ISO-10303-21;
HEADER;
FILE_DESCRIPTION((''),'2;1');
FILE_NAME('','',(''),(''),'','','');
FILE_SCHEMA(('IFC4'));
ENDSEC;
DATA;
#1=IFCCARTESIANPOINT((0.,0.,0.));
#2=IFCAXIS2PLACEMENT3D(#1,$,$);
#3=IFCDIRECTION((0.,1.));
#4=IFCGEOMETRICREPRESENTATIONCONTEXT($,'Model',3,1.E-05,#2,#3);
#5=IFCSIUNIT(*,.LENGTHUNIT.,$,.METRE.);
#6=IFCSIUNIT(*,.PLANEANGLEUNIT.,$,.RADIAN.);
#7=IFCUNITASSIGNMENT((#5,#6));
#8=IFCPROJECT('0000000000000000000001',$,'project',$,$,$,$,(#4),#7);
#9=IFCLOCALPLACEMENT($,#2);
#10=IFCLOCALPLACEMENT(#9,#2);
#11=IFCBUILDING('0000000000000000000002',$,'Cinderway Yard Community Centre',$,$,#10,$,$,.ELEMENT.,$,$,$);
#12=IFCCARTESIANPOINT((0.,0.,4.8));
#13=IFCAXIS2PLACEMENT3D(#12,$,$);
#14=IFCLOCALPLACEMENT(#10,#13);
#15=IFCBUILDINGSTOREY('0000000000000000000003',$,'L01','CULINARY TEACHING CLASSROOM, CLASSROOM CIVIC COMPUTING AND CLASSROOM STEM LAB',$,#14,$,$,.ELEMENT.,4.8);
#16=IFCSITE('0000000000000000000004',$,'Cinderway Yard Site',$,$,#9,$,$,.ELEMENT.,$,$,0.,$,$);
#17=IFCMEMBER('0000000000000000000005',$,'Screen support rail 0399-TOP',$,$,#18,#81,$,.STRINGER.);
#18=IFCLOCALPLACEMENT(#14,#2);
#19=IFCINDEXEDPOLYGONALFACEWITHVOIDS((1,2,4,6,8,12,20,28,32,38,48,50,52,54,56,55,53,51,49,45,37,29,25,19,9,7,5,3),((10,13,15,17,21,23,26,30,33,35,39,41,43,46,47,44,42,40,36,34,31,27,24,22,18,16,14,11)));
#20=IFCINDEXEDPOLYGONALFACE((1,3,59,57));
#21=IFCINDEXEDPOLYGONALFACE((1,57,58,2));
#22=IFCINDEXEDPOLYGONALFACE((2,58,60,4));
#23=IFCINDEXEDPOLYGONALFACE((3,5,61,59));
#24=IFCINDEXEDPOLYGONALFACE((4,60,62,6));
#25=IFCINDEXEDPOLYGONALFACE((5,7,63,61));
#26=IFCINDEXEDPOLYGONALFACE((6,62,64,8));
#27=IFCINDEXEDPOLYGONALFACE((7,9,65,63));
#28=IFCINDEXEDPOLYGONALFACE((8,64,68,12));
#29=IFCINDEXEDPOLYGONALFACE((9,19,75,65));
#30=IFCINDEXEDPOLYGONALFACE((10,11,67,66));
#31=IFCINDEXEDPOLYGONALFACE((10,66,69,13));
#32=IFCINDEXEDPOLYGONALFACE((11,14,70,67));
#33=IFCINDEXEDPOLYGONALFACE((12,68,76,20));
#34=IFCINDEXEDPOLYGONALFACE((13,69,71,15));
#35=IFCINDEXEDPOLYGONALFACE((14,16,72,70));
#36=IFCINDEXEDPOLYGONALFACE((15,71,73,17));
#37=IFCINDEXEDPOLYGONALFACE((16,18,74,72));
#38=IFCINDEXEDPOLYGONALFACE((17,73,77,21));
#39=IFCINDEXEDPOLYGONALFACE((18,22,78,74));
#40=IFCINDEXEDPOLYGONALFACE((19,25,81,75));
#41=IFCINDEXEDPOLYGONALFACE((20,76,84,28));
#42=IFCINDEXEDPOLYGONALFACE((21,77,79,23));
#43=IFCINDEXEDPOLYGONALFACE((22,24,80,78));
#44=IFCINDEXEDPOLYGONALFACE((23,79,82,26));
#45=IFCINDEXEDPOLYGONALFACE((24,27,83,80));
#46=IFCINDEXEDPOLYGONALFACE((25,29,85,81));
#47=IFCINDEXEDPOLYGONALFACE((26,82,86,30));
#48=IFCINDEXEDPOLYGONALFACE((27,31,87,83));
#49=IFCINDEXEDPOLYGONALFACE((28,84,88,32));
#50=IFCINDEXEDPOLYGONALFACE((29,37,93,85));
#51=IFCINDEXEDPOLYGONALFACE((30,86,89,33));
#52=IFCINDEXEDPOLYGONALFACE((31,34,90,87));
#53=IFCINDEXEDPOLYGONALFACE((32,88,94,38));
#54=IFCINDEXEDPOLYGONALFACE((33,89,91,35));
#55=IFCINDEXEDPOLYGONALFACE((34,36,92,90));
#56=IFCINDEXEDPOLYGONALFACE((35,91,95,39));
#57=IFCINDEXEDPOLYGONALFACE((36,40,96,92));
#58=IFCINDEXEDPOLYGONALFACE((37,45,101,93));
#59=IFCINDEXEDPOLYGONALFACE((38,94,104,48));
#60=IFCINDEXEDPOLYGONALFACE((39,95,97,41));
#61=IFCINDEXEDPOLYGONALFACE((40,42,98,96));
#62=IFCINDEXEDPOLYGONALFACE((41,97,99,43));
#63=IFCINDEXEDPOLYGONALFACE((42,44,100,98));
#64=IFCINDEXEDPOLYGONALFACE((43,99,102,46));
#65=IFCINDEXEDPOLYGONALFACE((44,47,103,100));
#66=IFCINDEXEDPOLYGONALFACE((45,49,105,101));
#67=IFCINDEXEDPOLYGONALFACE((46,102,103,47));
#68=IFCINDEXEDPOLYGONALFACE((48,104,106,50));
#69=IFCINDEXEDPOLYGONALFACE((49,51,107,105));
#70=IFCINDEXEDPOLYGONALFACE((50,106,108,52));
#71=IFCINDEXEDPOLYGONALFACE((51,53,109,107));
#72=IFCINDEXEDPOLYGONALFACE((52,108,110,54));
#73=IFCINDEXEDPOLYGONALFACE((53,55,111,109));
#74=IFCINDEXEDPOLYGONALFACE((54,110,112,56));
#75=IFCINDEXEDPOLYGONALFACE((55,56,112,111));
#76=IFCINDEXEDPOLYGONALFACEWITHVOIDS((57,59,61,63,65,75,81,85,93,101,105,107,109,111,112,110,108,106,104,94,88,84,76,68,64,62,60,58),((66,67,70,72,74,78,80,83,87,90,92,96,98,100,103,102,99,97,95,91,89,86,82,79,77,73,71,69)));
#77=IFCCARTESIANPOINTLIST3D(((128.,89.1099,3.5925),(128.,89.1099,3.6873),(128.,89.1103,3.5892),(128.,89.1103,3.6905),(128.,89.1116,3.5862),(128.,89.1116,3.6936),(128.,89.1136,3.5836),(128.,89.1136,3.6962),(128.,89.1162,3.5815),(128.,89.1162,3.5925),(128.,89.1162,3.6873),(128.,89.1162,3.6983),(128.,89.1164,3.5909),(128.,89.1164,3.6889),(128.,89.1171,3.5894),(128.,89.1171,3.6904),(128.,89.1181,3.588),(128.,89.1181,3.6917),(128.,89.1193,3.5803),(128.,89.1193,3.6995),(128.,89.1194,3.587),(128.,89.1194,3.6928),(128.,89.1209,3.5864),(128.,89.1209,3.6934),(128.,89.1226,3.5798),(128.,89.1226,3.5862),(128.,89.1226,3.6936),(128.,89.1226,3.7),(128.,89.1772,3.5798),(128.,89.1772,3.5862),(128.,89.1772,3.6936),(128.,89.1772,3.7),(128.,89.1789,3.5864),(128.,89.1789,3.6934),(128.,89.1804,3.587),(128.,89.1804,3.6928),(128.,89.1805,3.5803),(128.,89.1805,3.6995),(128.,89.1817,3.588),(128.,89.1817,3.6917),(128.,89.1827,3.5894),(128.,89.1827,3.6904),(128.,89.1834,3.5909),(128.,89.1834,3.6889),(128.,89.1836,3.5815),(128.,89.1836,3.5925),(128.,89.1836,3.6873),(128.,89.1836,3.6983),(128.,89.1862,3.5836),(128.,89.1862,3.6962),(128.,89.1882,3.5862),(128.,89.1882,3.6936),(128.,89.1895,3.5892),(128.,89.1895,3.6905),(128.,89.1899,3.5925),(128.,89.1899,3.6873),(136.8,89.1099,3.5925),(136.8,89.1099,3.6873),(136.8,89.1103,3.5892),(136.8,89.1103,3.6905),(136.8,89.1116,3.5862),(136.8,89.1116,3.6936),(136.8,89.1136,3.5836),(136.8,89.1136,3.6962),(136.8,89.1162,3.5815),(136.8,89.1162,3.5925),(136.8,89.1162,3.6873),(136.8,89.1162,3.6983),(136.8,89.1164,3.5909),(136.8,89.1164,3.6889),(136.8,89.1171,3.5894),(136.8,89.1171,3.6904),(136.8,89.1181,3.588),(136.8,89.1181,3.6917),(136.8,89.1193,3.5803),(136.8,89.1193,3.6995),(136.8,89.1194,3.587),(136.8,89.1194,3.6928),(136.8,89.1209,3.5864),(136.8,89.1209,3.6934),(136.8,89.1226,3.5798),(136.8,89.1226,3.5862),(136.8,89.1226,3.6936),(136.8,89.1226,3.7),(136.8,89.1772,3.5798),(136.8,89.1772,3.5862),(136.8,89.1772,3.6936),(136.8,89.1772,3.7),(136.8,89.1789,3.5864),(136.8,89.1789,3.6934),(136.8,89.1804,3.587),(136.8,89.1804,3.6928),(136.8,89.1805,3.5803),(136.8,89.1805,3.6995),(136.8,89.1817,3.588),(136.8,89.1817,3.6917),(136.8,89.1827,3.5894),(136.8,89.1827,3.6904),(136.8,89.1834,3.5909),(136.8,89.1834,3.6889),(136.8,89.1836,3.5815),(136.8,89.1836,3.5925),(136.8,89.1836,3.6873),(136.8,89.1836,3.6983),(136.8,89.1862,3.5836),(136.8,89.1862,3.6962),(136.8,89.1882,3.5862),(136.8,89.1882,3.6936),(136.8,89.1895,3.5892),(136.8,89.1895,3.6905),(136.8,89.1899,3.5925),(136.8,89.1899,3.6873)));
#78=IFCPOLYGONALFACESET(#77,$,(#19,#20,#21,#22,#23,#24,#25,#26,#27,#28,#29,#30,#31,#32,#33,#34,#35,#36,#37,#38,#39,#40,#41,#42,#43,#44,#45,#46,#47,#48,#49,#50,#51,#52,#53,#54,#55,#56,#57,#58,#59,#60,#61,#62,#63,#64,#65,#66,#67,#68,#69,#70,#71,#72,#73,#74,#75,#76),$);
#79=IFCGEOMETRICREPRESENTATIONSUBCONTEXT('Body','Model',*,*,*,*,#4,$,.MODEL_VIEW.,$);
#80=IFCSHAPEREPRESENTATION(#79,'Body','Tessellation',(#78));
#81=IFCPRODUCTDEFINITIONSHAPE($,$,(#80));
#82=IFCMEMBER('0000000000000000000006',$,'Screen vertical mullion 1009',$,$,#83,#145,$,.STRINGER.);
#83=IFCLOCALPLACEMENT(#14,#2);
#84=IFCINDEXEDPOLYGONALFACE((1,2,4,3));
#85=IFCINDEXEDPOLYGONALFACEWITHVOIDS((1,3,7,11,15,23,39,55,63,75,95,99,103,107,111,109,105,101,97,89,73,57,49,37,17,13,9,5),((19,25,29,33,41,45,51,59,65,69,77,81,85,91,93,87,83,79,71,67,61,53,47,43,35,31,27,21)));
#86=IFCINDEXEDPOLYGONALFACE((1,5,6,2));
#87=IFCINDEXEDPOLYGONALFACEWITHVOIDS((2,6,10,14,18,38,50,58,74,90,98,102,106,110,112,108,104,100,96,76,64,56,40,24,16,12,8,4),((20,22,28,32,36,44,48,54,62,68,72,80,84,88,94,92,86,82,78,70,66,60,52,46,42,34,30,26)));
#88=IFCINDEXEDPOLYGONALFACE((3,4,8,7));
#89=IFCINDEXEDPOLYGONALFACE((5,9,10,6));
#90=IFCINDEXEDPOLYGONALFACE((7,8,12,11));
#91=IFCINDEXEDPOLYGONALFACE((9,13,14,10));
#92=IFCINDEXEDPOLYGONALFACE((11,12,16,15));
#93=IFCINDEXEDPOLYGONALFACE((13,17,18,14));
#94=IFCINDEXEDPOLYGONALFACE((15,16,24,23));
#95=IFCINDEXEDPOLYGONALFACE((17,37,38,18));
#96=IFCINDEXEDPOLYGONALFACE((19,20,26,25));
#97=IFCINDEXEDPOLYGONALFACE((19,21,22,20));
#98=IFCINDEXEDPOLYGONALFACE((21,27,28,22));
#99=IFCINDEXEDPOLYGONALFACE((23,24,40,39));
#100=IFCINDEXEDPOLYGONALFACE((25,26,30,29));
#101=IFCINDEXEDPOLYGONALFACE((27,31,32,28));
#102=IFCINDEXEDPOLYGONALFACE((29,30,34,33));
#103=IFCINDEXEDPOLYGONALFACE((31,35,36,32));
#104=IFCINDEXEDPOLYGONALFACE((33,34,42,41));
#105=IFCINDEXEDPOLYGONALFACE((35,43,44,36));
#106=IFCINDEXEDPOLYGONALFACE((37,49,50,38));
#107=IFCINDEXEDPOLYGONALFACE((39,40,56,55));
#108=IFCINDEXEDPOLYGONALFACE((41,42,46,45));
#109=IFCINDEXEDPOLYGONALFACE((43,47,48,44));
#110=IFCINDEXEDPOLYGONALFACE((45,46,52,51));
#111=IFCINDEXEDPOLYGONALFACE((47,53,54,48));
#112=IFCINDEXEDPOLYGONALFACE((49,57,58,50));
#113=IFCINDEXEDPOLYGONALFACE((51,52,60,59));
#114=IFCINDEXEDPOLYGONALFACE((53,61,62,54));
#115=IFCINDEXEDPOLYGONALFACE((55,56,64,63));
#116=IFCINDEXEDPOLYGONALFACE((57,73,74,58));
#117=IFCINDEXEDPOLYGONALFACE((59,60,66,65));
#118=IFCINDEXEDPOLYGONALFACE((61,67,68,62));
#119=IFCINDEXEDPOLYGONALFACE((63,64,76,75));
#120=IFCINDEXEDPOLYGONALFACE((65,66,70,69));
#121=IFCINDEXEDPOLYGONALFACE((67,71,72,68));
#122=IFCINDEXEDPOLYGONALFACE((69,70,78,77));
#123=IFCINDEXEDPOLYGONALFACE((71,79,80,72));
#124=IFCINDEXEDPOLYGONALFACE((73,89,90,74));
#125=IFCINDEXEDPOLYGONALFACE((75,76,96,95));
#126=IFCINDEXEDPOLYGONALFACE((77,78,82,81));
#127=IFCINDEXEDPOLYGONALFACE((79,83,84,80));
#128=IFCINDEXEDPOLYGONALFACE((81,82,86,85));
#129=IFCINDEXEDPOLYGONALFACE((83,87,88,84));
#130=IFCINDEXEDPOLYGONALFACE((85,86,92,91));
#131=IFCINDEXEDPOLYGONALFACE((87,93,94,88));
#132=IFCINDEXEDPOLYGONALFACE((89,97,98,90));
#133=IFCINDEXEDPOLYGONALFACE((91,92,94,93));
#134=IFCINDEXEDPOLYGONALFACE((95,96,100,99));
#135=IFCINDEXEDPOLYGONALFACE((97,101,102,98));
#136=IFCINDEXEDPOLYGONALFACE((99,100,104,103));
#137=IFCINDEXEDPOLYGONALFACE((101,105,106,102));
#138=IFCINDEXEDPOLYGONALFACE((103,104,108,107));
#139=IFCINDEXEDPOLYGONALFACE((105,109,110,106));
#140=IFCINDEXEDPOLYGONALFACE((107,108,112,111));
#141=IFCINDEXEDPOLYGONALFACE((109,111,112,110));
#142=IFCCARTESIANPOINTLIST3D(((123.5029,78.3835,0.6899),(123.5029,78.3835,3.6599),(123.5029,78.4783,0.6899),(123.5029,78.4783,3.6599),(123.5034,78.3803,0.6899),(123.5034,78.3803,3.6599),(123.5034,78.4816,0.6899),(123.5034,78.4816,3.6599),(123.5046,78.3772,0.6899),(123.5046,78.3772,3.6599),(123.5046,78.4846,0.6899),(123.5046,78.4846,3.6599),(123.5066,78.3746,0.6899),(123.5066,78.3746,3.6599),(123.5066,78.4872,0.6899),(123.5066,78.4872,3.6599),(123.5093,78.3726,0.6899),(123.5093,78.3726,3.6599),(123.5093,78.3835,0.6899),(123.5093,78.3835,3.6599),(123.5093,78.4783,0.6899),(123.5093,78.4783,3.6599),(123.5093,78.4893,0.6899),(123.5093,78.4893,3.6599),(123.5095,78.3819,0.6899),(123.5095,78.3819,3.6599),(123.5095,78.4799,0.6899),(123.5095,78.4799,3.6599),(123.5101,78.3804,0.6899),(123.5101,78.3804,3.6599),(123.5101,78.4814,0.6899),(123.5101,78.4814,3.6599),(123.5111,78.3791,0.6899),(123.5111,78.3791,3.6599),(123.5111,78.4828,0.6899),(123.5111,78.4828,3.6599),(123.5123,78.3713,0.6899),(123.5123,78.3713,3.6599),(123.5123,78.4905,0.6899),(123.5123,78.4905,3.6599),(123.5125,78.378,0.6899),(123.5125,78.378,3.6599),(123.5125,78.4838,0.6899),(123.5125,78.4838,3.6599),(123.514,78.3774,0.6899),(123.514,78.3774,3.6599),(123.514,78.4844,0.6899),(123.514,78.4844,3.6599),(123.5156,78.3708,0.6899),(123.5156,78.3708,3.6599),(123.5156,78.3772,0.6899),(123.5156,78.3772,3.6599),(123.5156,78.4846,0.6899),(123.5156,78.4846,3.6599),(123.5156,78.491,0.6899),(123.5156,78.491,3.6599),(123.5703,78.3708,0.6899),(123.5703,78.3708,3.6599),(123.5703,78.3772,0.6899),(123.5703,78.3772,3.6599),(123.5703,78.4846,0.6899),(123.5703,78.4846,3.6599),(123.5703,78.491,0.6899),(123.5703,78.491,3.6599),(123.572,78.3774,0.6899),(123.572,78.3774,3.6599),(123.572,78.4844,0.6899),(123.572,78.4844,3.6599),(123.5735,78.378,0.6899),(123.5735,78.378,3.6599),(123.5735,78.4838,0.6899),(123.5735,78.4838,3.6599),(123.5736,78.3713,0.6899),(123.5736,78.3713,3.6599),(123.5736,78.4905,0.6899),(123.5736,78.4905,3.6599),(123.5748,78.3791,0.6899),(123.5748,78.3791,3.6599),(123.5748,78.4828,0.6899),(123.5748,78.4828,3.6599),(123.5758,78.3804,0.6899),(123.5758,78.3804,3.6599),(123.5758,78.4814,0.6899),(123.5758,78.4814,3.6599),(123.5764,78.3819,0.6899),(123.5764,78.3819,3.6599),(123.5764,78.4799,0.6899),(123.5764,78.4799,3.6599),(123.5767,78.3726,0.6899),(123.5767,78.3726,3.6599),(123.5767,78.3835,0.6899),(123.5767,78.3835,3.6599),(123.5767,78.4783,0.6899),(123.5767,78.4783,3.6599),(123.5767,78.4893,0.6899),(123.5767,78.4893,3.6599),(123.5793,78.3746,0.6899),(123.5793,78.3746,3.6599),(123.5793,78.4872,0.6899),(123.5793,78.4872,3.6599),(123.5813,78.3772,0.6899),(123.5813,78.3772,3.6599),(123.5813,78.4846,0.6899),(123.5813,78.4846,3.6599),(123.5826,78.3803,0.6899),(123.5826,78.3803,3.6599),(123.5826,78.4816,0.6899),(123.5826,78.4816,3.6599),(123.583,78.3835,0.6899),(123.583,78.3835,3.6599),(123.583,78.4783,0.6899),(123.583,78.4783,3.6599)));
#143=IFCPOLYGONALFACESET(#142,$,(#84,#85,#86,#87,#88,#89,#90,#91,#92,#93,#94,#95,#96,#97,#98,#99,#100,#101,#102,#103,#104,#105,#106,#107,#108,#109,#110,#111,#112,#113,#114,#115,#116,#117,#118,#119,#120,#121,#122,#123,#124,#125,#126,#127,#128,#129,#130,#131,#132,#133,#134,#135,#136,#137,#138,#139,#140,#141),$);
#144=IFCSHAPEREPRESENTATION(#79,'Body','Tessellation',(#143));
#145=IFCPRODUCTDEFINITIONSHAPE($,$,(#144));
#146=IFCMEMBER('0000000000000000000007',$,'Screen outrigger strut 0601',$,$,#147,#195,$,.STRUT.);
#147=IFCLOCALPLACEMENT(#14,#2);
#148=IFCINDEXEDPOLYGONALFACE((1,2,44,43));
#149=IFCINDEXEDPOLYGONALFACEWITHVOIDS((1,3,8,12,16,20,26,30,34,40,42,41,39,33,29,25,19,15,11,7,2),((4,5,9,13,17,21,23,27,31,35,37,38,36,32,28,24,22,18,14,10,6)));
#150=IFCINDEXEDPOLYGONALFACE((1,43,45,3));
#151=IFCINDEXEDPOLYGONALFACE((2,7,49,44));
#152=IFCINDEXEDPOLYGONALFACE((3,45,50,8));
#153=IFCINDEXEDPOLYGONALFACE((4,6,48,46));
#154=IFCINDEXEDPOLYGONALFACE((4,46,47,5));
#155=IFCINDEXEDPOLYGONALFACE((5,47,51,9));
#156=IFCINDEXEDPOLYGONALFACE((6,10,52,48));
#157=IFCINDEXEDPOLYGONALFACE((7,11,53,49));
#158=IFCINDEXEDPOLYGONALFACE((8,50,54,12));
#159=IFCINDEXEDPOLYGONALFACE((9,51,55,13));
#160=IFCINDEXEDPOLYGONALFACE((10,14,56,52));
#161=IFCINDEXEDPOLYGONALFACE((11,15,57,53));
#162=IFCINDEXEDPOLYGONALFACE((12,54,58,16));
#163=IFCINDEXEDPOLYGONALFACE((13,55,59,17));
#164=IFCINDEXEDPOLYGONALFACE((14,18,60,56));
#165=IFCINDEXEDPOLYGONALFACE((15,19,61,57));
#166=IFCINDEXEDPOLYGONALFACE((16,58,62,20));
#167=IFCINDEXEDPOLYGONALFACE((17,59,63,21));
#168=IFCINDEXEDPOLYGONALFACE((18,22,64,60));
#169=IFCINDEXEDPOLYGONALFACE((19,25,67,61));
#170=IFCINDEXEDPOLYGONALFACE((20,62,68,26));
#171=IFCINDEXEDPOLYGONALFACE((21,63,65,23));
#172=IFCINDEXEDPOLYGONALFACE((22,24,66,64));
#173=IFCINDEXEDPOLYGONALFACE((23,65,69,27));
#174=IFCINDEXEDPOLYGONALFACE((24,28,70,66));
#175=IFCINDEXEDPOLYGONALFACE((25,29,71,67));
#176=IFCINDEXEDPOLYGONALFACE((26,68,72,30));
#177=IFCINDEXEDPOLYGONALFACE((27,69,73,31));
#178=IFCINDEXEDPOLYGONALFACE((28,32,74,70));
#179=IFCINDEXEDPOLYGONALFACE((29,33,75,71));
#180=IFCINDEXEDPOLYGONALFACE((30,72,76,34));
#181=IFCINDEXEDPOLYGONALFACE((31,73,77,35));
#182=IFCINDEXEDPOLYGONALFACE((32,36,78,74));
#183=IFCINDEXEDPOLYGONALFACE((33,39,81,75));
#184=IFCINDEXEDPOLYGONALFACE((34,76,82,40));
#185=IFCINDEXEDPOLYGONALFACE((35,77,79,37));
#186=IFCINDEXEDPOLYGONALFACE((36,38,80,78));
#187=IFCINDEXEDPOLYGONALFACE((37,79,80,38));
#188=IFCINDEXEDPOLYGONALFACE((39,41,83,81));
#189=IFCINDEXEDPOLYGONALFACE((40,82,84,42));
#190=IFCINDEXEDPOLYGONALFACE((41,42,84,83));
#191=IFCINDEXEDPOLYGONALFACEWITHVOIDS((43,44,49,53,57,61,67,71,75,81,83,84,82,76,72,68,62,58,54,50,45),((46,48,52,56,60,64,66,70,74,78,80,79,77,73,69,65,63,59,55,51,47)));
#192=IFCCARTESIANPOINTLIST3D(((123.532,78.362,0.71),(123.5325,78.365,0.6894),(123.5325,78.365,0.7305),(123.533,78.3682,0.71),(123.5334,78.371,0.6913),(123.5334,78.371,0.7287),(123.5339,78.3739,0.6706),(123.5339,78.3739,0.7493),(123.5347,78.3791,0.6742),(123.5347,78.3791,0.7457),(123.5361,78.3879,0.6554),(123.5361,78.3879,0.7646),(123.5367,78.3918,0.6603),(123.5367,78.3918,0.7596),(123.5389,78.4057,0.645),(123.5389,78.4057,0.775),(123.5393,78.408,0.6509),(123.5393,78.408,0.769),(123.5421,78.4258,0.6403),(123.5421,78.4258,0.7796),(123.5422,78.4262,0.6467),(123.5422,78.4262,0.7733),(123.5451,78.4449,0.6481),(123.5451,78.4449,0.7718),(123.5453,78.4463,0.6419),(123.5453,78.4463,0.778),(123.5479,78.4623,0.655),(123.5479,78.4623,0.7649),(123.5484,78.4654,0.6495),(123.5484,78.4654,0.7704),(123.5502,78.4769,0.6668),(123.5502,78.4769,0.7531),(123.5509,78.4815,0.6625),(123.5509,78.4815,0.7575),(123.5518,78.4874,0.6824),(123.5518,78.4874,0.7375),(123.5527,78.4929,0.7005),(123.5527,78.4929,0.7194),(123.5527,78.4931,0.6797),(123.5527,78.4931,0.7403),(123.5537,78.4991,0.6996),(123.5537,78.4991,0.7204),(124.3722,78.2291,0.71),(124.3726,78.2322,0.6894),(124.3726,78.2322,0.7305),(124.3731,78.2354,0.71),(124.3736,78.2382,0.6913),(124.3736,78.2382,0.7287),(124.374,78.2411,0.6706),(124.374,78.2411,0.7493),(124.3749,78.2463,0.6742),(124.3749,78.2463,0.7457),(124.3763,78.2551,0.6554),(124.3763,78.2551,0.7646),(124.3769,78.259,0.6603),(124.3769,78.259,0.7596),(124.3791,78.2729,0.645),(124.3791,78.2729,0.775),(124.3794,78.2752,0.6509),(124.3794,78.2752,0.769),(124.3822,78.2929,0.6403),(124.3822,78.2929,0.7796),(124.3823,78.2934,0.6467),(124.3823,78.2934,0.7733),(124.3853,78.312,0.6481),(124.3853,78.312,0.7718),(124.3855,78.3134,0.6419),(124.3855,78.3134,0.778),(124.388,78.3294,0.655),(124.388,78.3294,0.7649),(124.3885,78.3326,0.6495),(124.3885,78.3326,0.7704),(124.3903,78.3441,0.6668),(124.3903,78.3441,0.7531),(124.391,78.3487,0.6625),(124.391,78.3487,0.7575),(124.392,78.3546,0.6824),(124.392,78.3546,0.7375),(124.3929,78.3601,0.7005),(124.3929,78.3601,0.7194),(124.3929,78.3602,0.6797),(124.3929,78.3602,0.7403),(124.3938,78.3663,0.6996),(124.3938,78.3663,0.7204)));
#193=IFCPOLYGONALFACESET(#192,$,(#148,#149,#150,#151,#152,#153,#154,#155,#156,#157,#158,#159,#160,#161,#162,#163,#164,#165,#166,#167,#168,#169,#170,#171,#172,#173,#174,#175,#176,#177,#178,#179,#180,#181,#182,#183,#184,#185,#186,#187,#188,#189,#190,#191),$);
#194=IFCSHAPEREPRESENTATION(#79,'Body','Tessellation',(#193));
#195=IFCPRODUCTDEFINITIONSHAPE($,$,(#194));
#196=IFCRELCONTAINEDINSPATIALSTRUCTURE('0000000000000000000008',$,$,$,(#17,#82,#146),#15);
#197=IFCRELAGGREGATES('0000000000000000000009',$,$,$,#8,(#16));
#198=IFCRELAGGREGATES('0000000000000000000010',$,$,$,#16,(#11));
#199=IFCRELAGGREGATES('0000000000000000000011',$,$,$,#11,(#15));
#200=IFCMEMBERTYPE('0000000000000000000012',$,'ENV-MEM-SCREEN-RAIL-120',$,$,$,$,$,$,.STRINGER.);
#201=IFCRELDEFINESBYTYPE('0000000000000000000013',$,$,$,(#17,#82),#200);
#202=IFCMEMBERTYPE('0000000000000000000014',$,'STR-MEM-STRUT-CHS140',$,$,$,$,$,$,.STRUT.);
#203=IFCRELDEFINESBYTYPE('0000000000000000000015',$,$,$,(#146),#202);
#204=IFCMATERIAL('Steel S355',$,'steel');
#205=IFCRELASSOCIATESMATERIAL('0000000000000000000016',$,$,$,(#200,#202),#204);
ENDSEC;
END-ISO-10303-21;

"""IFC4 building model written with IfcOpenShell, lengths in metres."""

from ifc_helpers import new_model, si_unit, direction, frame, origin, origin_2d, place, context, subcontext, project, spatial, hollow_rectangle, hollow_circle, extrude, material, material_profile, profile_set, type_object, element, save


model = new_model("IFC4")

# Units and contexts
model_context = context("Model", 3, precision=1e-05, world=origin(), true_north=direction((0.0, 1.0)))
body_context = subcontext(model_context, "Body", "Model", "MODEL_VIEW")
ifc_project = project(units=[si_unit("LENGTHUNIT", "METRE"), si_unit("PLANEANGLEUNIT", "RADIAN")], contexts=[model_context])

# Site, building, storey
site_placement = place(None, origin())
site = spatial("IfcSite", under=ifc_project, at=site_placement, Name="Cinderway Yard Site", CompositionType="ELEMENT", RefElevation=0.0)
building_placement = place(site_placement, origin())
building = spatial("IfcBuilding", under=site, at=building_placement, Name="Cinderway Yard Community Centre", CompositionType="ELEMENT")
storey_placement = place(building_placement, frame((0.0, 0.0, 4.8)))
storey = spatial("IfcBuildingStorey", under=building, at=storey_placement, Name="L01", Description="CULINARY TEACHING CLASSROOM, CLASSROOM CIVIC COMPUTING AND CLASSROOM STEM LAB", CompositionType="ELEMENT", Elevation=4.8)

# Members
ifc_material_1 = material(Name="Steel S355", Category="steel")
ifc_material_profile_1 = material_profile(ifc_material_1, hollow_rectangle(XDim=0.0801, YDim=0.1201, WallThickness=0.0063, InnerFilletRadius=0.0063, OuterFilletRadius=0.0127, at=origin_2d()), Name="Steel S355")
ifc_profile_set_1 = profile_set([ifc_material_profile_1], Name="Steel S355")
member_type_1 = type_object("IfcMemberType", Name="ENV-MEM-SCREEN-RAIL-120", PredefinedType="STRINGER", material=ifc_profile_set_1)
for number, where, z_axis, x_axis, name in (
    (1, (128.0, 89.1499, 3.6399), (1.0, 0.0, 0.0), (0.0, 1.0, 0.0), "Screen support rail 0399-TOP"),
):
    element("IfcMember", number, at=place(storey_placement, frame(where, z_axis=z_axis, x_axis=x_axis)), inside=storey, type_object=member_type_1, Name=name, PredefinedType="STRINGER", context=body_context, shape_type="SweptSolid", body=[
        extrude(hollow_rectangle(XDim=0.0801, YDim=0.1201, WallThickness=0.0063, InnerFilletRadius=0.0063, OuterFilletRadius=0.0127, at=origin_2d()), origin(), (0.0, 0.0, 1.0), 8.8),
    ])
member_1_placement = place(storey_placement, frame((123.543, 78.4309, 0.6899), z_axis=(0.0, 0.0, 1.0), x_axis=(1.0, 0.0, 0.0)))
element("IfcMember", 2, at=member_1_placement, inside=storey, type_object=member_type_1, Name="Screen vertical mullion 1009", PredefinedType="STRINGER", context=body_context, shape_type="SweptSolid", body=[
    extrude(hollow_rectangle(XDim=0.0801, YDim=0.1201, WallThickness=0.0063, InnerFilletRadius=0.0063, OuterFilletRadius=0.0127, at=origin_2d()), origin(), (0.0, 0.0, 1.0), 2.97),
])
ifc_material_profile_2 = material_profile(ifc_material_1, hollow_circle(Radius=0.0698, WallThickness=0.0063, at=origin_2d()), Name="Steel S355")
ifc_profile_set_2 = profile_set([ifc_material_profile_2], Name="Steel S355")
member_type_2 = type_object("IfcMemberType", Name="STR-MEM-STRUT-CHS140", PredefinedType="STRUT", material=ifc_profile_set_2)
for number, where, z_axis, x_axis, name in (
    (3, (124.3831, 78.2981, 0.71), (-0.987733, 0.156154, 0.0), (-0.156154, -0.987733, 0.0), "Screen outrigger strut 0601"),
):
    element("IfcMember", number, at=place(storey_placement, frame(where, z_axis=z_axis, x_axis=x_axis)), inside=storey, type_object=member_type_2, Name=name, PredefinedType="STRUT", context=body_context, shape_type="SweptSolid", body=[
        extrude(hollow_circle(Radius=0.0698, WallThickness=0.0063, at=origin_2d()), origin(), (0.0, 0.0, 1.0), 0.8506),
    ])

save(model, "model.ifc")
